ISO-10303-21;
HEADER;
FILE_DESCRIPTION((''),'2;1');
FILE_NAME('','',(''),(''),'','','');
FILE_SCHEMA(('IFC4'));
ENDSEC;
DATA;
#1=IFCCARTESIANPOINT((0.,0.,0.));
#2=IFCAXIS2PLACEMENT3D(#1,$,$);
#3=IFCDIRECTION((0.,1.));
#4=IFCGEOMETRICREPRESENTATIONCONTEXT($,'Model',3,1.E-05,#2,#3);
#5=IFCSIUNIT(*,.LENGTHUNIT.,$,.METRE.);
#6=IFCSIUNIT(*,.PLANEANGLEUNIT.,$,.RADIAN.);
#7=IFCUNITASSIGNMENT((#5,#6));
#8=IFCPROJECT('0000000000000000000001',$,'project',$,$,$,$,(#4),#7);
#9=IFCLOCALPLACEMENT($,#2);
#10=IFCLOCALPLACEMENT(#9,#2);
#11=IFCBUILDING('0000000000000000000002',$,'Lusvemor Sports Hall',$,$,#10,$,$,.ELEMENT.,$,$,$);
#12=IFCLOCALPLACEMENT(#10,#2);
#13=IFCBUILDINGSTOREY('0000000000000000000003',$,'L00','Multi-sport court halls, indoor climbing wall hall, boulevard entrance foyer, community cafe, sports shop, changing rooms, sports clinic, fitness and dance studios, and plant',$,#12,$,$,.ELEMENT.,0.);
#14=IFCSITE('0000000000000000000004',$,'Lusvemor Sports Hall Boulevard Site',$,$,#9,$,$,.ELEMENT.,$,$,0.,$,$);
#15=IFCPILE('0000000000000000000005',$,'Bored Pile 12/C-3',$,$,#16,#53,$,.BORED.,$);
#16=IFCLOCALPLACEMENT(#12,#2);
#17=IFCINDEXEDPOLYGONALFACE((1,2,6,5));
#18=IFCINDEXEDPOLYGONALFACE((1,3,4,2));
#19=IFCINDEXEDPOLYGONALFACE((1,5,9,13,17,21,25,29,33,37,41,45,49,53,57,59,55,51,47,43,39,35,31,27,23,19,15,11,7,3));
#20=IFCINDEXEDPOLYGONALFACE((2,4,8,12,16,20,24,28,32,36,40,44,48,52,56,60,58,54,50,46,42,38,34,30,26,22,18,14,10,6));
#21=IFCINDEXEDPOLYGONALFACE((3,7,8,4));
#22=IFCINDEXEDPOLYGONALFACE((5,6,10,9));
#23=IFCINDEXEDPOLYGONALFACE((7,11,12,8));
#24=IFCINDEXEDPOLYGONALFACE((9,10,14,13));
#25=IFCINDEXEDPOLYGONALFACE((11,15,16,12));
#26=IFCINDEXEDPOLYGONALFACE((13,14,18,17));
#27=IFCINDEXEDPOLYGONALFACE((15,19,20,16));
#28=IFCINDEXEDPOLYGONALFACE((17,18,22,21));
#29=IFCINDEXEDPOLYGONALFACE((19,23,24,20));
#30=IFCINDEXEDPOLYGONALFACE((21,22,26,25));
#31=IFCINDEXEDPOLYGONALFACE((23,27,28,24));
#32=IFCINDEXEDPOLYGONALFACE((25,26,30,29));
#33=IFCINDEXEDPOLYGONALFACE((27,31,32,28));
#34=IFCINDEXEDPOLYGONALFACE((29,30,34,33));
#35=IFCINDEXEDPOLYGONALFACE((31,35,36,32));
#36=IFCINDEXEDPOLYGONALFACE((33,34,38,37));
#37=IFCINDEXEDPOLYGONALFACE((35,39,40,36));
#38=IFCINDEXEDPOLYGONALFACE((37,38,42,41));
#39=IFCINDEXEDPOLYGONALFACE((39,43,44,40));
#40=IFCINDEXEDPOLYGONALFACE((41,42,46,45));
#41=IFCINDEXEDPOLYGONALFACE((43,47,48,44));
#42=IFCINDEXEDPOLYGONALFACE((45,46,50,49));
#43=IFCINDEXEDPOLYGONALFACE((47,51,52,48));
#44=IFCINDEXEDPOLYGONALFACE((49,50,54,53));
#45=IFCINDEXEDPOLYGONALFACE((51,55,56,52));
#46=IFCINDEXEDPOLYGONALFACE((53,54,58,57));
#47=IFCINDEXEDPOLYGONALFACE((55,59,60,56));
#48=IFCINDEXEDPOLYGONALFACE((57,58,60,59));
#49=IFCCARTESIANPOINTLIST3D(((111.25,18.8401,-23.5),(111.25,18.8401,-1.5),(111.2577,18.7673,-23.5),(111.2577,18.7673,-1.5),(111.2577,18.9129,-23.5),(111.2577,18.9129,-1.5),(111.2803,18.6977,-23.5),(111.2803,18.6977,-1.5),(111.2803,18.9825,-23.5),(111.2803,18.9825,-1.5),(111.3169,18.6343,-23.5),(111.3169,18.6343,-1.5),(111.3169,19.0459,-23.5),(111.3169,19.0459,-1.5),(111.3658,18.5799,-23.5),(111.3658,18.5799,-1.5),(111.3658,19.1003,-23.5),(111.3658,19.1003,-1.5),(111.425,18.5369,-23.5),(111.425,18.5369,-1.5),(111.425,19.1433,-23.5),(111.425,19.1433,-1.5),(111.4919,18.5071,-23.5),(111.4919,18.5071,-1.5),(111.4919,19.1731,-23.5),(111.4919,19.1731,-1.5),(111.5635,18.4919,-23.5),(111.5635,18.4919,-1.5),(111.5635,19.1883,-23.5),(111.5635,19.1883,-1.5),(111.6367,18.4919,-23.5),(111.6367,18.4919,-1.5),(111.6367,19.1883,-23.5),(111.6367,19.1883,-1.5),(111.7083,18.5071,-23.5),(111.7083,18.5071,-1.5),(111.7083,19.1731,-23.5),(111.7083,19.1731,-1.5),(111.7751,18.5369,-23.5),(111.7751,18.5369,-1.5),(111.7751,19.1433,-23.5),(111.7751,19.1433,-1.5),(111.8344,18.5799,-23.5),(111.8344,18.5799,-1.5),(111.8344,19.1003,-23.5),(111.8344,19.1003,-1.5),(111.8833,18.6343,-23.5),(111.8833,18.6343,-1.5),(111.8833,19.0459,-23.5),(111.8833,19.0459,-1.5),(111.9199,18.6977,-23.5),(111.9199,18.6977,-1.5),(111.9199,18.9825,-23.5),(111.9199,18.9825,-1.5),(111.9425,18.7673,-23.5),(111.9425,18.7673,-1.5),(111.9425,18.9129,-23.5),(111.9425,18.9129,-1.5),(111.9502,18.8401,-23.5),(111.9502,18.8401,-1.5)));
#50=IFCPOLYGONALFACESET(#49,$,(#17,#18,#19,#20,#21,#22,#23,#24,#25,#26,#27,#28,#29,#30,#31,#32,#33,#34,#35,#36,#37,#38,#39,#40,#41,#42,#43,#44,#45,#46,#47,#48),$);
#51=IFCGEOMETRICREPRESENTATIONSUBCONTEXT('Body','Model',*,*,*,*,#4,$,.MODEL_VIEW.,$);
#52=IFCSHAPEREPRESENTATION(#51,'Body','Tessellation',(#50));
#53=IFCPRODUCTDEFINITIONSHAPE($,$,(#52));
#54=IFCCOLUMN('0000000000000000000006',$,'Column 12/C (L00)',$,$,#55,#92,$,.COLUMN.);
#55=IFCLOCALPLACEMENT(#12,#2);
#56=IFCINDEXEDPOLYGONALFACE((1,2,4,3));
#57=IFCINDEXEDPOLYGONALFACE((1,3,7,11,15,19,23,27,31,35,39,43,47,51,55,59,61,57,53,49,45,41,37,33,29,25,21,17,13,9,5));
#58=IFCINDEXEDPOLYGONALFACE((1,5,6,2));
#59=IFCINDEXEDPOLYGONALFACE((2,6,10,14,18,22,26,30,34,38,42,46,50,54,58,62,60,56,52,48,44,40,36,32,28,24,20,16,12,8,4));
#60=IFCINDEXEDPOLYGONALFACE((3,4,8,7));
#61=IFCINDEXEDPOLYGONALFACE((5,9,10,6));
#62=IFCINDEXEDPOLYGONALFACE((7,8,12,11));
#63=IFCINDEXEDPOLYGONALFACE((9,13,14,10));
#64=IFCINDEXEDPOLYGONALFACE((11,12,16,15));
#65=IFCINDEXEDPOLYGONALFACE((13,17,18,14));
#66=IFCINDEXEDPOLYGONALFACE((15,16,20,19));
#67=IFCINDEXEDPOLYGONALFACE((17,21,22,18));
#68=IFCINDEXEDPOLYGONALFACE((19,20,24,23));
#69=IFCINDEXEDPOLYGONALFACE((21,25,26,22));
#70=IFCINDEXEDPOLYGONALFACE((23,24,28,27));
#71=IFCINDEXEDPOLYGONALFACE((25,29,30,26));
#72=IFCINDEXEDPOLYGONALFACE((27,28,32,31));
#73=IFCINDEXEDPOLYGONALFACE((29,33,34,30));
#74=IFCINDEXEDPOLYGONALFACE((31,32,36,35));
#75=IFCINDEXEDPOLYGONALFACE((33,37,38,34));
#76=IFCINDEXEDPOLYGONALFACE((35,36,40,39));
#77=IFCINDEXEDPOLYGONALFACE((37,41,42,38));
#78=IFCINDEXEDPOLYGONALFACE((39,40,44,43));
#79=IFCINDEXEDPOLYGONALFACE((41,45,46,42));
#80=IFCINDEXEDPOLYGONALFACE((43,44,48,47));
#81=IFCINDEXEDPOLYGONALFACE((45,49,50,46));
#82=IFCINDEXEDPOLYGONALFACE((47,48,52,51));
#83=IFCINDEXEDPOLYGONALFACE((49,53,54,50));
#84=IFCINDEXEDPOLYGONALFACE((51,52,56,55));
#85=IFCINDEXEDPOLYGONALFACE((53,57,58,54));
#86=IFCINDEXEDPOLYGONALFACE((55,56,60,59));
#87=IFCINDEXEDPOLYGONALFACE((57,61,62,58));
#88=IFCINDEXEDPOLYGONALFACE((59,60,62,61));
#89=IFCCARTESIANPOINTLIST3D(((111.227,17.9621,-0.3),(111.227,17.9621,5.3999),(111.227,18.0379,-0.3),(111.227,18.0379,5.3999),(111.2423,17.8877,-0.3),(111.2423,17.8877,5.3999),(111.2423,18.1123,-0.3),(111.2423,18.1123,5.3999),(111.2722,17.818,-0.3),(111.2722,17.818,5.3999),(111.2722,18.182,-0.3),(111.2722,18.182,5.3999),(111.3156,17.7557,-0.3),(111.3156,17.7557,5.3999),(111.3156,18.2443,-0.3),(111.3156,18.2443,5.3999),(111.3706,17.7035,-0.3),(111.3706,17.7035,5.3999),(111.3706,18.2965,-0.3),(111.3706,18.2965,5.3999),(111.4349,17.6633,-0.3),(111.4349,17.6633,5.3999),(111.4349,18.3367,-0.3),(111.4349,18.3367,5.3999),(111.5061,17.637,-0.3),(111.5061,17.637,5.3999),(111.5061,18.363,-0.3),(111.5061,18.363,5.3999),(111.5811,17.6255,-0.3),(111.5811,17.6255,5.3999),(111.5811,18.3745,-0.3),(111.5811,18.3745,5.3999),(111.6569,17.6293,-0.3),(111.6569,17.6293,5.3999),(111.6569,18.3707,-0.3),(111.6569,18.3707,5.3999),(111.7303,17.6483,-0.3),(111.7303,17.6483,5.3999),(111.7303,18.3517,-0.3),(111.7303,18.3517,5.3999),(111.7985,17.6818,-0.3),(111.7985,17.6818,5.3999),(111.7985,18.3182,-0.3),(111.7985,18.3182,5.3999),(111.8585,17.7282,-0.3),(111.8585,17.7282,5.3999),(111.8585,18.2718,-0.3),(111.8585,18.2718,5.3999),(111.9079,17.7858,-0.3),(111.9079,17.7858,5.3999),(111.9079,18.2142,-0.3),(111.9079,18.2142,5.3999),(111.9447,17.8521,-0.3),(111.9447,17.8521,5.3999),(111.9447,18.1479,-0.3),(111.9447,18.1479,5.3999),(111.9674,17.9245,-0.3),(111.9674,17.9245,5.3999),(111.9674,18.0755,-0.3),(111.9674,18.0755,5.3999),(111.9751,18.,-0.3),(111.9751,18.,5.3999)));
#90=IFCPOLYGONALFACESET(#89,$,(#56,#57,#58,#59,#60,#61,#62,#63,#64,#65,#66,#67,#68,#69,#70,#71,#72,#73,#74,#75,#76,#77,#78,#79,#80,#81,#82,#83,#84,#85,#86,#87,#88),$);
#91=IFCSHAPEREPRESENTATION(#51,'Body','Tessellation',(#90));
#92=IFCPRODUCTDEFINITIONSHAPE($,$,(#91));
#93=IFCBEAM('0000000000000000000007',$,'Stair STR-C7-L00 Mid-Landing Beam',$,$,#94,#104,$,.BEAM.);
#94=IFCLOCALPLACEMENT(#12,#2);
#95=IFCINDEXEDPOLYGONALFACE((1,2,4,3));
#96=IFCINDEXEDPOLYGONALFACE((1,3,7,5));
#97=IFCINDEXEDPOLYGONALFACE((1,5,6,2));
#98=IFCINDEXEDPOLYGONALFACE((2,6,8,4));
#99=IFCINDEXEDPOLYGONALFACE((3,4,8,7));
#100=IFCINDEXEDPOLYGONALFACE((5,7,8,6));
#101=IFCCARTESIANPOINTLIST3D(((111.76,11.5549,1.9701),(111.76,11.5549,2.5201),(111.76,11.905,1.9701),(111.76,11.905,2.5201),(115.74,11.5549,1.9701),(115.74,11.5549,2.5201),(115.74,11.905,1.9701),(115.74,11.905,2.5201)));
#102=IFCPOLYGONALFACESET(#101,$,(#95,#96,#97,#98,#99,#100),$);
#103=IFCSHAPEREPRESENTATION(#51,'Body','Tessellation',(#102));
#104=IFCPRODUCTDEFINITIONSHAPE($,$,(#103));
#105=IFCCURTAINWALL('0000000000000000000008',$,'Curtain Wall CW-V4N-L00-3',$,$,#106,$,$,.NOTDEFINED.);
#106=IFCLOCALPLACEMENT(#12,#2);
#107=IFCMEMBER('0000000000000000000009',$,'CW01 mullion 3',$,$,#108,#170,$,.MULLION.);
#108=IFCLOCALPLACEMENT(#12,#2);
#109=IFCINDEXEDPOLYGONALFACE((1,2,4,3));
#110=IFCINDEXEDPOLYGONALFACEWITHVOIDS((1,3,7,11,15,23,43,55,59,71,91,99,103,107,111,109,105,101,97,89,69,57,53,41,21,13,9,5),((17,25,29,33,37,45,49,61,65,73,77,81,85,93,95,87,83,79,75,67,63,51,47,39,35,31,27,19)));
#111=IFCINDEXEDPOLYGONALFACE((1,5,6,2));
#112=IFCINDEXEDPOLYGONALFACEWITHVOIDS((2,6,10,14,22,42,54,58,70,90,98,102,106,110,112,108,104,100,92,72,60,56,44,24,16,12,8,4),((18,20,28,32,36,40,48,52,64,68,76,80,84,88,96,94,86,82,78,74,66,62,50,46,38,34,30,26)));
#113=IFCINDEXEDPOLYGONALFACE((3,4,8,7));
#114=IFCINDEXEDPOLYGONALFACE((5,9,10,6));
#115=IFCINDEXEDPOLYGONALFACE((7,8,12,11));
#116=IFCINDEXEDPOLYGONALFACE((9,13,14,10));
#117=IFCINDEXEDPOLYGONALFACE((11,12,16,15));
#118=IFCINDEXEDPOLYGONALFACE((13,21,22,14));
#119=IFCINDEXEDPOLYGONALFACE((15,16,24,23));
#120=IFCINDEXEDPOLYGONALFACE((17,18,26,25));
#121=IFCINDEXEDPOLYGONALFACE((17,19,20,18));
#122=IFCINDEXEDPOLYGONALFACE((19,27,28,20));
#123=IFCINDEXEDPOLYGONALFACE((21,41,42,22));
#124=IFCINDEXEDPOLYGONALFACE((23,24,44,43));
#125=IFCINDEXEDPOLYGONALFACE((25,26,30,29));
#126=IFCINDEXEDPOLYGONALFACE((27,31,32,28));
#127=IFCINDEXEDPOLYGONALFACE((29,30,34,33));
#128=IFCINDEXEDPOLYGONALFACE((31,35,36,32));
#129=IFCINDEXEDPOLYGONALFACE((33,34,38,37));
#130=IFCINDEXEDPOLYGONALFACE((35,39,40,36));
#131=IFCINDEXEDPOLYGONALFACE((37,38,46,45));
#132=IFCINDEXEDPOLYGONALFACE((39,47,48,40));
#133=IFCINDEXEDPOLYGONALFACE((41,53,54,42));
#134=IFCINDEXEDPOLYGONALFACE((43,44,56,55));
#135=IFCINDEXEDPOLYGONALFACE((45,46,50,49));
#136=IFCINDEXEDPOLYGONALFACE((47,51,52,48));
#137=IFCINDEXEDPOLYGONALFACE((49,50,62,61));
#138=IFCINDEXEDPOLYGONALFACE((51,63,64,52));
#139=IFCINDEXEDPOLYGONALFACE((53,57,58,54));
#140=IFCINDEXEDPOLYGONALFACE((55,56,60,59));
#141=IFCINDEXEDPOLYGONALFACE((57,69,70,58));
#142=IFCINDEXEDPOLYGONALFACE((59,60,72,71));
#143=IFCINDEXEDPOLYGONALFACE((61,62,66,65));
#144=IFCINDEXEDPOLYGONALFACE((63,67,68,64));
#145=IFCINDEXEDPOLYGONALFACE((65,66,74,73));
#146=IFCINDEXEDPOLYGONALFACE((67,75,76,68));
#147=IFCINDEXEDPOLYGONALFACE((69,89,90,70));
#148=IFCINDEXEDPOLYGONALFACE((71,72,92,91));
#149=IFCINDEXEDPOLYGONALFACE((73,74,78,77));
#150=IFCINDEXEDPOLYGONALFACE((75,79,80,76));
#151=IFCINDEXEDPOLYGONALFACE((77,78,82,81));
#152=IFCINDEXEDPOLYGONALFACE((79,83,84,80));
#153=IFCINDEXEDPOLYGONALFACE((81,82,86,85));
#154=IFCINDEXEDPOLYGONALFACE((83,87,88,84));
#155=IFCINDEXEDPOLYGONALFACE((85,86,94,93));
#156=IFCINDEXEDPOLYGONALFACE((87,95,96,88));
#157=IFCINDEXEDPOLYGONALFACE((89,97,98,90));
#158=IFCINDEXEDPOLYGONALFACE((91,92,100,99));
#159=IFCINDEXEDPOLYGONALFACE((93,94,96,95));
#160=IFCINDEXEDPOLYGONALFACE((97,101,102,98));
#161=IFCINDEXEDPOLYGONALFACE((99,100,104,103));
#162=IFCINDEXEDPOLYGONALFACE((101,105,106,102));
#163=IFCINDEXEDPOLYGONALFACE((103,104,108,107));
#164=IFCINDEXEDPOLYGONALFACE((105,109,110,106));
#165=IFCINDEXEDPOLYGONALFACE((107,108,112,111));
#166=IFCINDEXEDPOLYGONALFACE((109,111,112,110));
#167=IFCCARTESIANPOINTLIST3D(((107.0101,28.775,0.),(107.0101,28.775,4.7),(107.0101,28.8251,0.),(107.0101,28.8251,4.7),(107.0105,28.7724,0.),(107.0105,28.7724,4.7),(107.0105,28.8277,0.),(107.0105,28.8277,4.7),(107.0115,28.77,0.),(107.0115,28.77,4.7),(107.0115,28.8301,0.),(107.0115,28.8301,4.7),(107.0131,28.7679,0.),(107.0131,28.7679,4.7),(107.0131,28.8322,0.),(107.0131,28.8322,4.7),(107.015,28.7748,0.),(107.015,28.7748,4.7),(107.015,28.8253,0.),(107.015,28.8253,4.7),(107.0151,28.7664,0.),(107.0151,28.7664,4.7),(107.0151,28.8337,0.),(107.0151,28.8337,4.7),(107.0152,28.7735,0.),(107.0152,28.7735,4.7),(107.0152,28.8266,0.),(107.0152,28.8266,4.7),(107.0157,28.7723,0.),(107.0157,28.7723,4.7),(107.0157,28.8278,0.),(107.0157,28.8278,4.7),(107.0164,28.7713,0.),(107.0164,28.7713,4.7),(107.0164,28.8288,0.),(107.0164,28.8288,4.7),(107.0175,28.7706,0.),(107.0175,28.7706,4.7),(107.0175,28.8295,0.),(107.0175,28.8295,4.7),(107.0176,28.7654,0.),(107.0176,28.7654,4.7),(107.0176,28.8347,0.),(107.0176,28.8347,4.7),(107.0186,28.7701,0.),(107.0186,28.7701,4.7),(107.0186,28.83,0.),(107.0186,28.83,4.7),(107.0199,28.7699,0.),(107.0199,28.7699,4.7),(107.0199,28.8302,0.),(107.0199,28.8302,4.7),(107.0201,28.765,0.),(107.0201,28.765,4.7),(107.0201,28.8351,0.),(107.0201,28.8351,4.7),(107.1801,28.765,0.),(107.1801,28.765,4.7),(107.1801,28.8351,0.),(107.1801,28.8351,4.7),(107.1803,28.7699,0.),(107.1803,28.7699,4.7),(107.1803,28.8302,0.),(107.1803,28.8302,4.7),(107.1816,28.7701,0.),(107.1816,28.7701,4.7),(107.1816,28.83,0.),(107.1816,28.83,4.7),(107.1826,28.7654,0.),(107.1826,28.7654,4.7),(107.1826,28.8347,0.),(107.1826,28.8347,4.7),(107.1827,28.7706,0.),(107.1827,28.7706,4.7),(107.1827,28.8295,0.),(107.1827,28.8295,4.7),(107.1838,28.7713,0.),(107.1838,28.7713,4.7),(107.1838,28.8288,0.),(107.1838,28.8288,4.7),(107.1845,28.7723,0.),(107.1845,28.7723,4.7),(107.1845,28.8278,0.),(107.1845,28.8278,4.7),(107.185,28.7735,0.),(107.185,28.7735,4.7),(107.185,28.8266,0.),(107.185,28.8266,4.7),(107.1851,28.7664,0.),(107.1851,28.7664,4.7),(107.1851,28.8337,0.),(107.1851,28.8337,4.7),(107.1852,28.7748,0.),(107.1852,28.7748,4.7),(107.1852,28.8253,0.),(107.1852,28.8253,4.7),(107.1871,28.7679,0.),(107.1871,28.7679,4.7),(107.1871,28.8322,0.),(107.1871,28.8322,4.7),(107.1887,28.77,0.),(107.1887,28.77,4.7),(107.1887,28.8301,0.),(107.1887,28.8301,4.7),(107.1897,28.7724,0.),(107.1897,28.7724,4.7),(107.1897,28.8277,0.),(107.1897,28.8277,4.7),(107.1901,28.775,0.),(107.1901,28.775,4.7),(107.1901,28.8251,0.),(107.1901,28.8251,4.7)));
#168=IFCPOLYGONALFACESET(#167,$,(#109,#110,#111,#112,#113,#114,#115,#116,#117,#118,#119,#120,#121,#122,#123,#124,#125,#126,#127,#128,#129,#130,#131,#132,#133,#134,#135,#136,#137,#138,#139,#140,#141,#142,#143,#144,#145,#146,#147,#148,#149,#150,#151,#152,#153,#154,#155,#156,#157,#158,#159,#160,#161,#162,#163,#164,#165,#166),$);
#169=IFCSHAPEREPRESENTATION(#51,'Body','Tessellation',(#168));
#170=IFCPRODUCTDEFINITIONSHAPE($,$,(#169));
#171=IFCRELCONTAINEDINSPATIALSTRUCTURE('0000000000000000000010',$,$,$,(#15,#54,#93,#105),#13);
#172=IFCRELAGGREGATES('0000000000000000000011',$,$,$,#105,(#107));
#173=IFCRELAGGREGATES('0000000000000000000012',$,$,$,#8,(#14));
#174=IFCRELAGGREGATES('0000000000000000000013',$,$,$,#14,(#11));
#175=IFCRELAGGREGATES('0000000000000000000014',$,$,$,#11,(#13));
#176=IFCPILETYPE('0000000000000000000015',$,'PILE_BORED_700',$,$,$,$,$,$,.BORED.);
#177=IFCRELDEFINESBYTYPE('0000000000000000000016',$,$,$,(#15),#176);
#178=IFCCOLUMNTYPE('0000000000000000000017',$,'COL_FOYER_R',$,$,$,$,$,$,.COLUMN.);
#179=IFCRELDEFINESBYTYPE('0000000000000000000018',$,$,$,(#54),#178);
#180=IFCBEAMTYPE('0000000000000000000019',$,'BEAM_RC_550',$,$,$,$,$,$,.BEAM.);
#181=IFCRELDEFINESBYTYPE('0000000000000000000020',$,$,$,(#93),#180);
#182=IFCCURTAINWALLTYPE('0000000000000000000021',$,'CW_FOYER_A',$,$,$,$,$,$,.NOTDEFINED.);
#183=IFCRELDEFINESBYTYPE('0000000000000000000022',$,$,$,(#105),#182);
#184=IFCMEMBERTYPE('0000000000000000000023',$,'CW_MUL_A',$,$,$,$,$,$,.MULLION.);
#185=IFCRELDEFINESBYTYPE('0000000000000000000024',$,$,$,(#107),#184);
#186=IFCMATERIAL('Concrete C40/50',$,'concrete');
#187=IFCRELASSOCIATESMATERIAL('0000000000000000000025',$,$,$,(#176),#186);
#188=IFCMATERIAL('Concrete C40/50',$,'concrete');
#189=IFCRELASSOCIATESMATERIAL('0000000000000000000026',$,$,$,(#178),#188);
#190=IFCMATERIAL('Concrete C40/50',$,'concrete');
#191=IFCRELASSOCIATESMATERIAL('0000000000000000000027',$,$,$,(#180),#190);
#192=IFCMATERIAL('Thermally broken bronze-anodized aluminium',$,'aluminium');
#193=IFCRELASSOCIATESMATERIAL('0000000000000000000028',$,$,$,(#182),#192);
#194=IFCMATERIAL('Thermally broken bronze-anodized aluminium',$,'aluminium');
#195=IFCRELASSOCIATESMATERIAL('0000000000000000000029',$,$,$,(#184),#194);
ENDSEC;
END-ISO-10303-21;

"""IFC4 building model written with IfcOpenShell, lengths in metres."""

from ifc_helpers import new_model, si_unit, direction, frame, origin, origin_2d, place, context, subcontext, project, spatial, rectangle, hollow_rectangle, circle, extrude, material, material_profile, profile_set, type_object, element, aggregate, save


model = new_model("IFC4")

# Units and contexts
model_context = context("Model", 3, precision=1e-05, world=origin(), true_north=direction((0.0, 1.0)))
body_context = subcontext(model_context, "Body", "Model", "MODEL_VIEW")
ifc_project = project(units=[si_unit("LENGTHUNIT", "METRE"), si_unit("PLANEANGLEUNIT", "RADIAN")], contexts=[model_context])

# Site, building, storey
site_placement = place(None, origin())
site = spatial("IfcSite", under=ifc_project, at=site_placement, Name="Lusvemor Sports Hall Boulevard Site", CompositionType="ELEMENT", RefElevation=0.0)
building_placement = place(site_placement, origin())
building = spatial("IfcBuilding", under=site, at=building_placement, Name="Lusvemor Sports Hall", CompositionType="ELEMENT")
storey_placement = place(building_placement, origin())
storey = spatial("IfcBuildingStorey", under=building, at=storey_placement, Name="L00", Description="Multi-sport court halls, indoor climbing wall hall, boulevard entrance foyer, community cafe, sports shop, changing rooms, sports clinic, fitness and dance studios, and plant", CompositionType="ELEMENT", Elevation=0.0)

# Pile
ifc_material_1 = material(Name="Concrete C40/50", Category="concrete")
ifc_material_profile_1 = material_profile(ifc_material_1, circle(Radius=0.3501, at=origin_2d()), Name="PILE700")
ifc_profile_set_1 = profile_set([ifc_material_profile_1], Name="Concrete C40/50")
pile_type = type_object("IfcPileType", Name="PILE_BORED_700", PredefinedType="BORED", material=ifc_profile_set_1)
for number, where, z_axis, x_axis, name in (
    (1, (111.6001, 18.8401, -1.5), (0.0, 0.0, -1.0), (1.0, 0.0, 0.0), "Bored Pile 12/C-3"),
):
    element("IfcPile", number, at=place(storey_placement, frame(where, z_axis=z_axis, x_axis=x_axis)), inside=storey, type_object=pile_type, Name=name, PredefinedType="BORED", context=body_context, shape_type="SweptSolid", body=[
        extrude(circle(Radius=0.3501, at=origin_2d()), origin(), (0.0, 0.0, 1.0), 22.0),
    ])

# Column
ifc_material_2 = material(Name="Concrete C40/50", Category="concrete")
ifc_material_profile_2 = material_profile(ifc_material_2, circle(Radius=0.375, at=origin_2d()), Name="RCCIRC750")
ifc_profile_set_2 = profile_set([ifc_material_profile_2], Name="Concrete C40/50")
column_type = type_object("IfcColumnType", Name="COL_FOYER_R", PredefinedType="COLUMN", material=ifc_profile_set_2)
column_placement = place(storey_placement, frame((111.6001, 18.0, -0.3), z_axis=(0.0, 0.0, 1.0), x_axis=(1.0, 0.0, 0.0)))
element("IfcColumn", 2, at=column_placement, inside=storey, type_object=column_type, Name="Column 12/C (L00)", PredefinedType="COLUMN", context=body_context, shape_type="SweptSolid", body=[
    extrude(circle(Radius=0.375, at=origin_2d()), origin(), (0.0, 0.0, 1.0), 5.7),
])

# Beam
ifc_material_3 = material(Name="Concrete C40/50", Category="concrete")
ifc_material_profile_3 = material_profile(ifc_material_3, rectangle(XDim=0.3501, YDim=0.55, at=origin_2d()), Name="RC350x550")
ifc_profile_set_3 = profile_set([ifc_material_profile_3], Name="Concrete C40/50")
beam_type = type_object("IfcBeamType", Name="BEAM_RC_550", PredefinedType="BEAM", material=ifc_profile_set_3)
beam_placement = place(storey_placement, frame((111.76, 11.73, 2.2451), z_axis=(1.0, 0.0, 0.0), x_axis=(0.0, 1.0, 0.0)))
element("IfcBeam", 3, at=beam_placement, inside=storey, type_object=beam_type, Name="Stair STR-C7-L00 Mid-Landing Beam", PredefinedType="BEAM", context=body_context, shape_type="SweptSolid", body=[
    extrude(rectangle(XDim=0.3501, YDim=0.55, at=origin_2d()), origin(), (0.0, 0.0, 1.0), 3.98),
])

# Curtain wall, member
ifc_material_4 = material(Name="Thermally broken bronze-anodized aluminium", Category="aluminium")
curtain_wall_type = type_object("IfcCurtainWallType", Name="CW_FOYER_A", PredefinedType="NOTDEFINED", material=ifc_material_4)
curtain_wall_placement = place(storey_placement, origin())
curtain_wall = element("IfcCurtainWall", 4, at=curtain_wall_placement, inside=storey, type_object=curtain_wall_type, Name="Curtain Wall CW-V4N-L00-3", PredefinedType="NOTDEFINED")
ifc_material_5 = material(Name="Thermally broken bronze-anodized aluminium", Category="aluminium")
ifc_material_profile_4 = material_profile(ifc_material_5, hollow_rectangle(XDim=0.0701, YDim=0.1799, WallThickness=0.0049, InnerFilletRadius=0.0049, OuterFilletRadius=0.01, at=origin_2d()), Name="CWMUL180x70x5")
ifc_profile_set_4 = profile_set([ifc_material_profile_4], Name="Thermally broken bronze-anodized aluminium")
member_type_1 = type_object("IfcMemberType", Name="CW_MUL_A", PredefinedType="MULLION", material=ifc_profile_set_4)
member_1_placement = place(storey_placement, frame((107.1001, 28.8, 0.0), z_axis=(0.0, 0.0, 1.0), x_axis=(0.0, 1.0, 0.0)))
member_1 = element("IfcMember", 5, at=member_1_placement, type_object=member_type_1, Name="CW01 mullion 3", PredefinedType="MULLION", context=body_context, shape_type="SweptSolid", body=[
    extrude(hollow_rectangle(XDim=0.0701, YDim=0.1799, WallThickness=0.0049, InnerFilletRadius=0.0049, OuterFilletRadius=0.01, at=origin_2d()), origin(), (0.0, 0.0, 1.0), 4.7),
])
aggregate(curtain_wall, [member_1])

save(model, "model.ifc")
